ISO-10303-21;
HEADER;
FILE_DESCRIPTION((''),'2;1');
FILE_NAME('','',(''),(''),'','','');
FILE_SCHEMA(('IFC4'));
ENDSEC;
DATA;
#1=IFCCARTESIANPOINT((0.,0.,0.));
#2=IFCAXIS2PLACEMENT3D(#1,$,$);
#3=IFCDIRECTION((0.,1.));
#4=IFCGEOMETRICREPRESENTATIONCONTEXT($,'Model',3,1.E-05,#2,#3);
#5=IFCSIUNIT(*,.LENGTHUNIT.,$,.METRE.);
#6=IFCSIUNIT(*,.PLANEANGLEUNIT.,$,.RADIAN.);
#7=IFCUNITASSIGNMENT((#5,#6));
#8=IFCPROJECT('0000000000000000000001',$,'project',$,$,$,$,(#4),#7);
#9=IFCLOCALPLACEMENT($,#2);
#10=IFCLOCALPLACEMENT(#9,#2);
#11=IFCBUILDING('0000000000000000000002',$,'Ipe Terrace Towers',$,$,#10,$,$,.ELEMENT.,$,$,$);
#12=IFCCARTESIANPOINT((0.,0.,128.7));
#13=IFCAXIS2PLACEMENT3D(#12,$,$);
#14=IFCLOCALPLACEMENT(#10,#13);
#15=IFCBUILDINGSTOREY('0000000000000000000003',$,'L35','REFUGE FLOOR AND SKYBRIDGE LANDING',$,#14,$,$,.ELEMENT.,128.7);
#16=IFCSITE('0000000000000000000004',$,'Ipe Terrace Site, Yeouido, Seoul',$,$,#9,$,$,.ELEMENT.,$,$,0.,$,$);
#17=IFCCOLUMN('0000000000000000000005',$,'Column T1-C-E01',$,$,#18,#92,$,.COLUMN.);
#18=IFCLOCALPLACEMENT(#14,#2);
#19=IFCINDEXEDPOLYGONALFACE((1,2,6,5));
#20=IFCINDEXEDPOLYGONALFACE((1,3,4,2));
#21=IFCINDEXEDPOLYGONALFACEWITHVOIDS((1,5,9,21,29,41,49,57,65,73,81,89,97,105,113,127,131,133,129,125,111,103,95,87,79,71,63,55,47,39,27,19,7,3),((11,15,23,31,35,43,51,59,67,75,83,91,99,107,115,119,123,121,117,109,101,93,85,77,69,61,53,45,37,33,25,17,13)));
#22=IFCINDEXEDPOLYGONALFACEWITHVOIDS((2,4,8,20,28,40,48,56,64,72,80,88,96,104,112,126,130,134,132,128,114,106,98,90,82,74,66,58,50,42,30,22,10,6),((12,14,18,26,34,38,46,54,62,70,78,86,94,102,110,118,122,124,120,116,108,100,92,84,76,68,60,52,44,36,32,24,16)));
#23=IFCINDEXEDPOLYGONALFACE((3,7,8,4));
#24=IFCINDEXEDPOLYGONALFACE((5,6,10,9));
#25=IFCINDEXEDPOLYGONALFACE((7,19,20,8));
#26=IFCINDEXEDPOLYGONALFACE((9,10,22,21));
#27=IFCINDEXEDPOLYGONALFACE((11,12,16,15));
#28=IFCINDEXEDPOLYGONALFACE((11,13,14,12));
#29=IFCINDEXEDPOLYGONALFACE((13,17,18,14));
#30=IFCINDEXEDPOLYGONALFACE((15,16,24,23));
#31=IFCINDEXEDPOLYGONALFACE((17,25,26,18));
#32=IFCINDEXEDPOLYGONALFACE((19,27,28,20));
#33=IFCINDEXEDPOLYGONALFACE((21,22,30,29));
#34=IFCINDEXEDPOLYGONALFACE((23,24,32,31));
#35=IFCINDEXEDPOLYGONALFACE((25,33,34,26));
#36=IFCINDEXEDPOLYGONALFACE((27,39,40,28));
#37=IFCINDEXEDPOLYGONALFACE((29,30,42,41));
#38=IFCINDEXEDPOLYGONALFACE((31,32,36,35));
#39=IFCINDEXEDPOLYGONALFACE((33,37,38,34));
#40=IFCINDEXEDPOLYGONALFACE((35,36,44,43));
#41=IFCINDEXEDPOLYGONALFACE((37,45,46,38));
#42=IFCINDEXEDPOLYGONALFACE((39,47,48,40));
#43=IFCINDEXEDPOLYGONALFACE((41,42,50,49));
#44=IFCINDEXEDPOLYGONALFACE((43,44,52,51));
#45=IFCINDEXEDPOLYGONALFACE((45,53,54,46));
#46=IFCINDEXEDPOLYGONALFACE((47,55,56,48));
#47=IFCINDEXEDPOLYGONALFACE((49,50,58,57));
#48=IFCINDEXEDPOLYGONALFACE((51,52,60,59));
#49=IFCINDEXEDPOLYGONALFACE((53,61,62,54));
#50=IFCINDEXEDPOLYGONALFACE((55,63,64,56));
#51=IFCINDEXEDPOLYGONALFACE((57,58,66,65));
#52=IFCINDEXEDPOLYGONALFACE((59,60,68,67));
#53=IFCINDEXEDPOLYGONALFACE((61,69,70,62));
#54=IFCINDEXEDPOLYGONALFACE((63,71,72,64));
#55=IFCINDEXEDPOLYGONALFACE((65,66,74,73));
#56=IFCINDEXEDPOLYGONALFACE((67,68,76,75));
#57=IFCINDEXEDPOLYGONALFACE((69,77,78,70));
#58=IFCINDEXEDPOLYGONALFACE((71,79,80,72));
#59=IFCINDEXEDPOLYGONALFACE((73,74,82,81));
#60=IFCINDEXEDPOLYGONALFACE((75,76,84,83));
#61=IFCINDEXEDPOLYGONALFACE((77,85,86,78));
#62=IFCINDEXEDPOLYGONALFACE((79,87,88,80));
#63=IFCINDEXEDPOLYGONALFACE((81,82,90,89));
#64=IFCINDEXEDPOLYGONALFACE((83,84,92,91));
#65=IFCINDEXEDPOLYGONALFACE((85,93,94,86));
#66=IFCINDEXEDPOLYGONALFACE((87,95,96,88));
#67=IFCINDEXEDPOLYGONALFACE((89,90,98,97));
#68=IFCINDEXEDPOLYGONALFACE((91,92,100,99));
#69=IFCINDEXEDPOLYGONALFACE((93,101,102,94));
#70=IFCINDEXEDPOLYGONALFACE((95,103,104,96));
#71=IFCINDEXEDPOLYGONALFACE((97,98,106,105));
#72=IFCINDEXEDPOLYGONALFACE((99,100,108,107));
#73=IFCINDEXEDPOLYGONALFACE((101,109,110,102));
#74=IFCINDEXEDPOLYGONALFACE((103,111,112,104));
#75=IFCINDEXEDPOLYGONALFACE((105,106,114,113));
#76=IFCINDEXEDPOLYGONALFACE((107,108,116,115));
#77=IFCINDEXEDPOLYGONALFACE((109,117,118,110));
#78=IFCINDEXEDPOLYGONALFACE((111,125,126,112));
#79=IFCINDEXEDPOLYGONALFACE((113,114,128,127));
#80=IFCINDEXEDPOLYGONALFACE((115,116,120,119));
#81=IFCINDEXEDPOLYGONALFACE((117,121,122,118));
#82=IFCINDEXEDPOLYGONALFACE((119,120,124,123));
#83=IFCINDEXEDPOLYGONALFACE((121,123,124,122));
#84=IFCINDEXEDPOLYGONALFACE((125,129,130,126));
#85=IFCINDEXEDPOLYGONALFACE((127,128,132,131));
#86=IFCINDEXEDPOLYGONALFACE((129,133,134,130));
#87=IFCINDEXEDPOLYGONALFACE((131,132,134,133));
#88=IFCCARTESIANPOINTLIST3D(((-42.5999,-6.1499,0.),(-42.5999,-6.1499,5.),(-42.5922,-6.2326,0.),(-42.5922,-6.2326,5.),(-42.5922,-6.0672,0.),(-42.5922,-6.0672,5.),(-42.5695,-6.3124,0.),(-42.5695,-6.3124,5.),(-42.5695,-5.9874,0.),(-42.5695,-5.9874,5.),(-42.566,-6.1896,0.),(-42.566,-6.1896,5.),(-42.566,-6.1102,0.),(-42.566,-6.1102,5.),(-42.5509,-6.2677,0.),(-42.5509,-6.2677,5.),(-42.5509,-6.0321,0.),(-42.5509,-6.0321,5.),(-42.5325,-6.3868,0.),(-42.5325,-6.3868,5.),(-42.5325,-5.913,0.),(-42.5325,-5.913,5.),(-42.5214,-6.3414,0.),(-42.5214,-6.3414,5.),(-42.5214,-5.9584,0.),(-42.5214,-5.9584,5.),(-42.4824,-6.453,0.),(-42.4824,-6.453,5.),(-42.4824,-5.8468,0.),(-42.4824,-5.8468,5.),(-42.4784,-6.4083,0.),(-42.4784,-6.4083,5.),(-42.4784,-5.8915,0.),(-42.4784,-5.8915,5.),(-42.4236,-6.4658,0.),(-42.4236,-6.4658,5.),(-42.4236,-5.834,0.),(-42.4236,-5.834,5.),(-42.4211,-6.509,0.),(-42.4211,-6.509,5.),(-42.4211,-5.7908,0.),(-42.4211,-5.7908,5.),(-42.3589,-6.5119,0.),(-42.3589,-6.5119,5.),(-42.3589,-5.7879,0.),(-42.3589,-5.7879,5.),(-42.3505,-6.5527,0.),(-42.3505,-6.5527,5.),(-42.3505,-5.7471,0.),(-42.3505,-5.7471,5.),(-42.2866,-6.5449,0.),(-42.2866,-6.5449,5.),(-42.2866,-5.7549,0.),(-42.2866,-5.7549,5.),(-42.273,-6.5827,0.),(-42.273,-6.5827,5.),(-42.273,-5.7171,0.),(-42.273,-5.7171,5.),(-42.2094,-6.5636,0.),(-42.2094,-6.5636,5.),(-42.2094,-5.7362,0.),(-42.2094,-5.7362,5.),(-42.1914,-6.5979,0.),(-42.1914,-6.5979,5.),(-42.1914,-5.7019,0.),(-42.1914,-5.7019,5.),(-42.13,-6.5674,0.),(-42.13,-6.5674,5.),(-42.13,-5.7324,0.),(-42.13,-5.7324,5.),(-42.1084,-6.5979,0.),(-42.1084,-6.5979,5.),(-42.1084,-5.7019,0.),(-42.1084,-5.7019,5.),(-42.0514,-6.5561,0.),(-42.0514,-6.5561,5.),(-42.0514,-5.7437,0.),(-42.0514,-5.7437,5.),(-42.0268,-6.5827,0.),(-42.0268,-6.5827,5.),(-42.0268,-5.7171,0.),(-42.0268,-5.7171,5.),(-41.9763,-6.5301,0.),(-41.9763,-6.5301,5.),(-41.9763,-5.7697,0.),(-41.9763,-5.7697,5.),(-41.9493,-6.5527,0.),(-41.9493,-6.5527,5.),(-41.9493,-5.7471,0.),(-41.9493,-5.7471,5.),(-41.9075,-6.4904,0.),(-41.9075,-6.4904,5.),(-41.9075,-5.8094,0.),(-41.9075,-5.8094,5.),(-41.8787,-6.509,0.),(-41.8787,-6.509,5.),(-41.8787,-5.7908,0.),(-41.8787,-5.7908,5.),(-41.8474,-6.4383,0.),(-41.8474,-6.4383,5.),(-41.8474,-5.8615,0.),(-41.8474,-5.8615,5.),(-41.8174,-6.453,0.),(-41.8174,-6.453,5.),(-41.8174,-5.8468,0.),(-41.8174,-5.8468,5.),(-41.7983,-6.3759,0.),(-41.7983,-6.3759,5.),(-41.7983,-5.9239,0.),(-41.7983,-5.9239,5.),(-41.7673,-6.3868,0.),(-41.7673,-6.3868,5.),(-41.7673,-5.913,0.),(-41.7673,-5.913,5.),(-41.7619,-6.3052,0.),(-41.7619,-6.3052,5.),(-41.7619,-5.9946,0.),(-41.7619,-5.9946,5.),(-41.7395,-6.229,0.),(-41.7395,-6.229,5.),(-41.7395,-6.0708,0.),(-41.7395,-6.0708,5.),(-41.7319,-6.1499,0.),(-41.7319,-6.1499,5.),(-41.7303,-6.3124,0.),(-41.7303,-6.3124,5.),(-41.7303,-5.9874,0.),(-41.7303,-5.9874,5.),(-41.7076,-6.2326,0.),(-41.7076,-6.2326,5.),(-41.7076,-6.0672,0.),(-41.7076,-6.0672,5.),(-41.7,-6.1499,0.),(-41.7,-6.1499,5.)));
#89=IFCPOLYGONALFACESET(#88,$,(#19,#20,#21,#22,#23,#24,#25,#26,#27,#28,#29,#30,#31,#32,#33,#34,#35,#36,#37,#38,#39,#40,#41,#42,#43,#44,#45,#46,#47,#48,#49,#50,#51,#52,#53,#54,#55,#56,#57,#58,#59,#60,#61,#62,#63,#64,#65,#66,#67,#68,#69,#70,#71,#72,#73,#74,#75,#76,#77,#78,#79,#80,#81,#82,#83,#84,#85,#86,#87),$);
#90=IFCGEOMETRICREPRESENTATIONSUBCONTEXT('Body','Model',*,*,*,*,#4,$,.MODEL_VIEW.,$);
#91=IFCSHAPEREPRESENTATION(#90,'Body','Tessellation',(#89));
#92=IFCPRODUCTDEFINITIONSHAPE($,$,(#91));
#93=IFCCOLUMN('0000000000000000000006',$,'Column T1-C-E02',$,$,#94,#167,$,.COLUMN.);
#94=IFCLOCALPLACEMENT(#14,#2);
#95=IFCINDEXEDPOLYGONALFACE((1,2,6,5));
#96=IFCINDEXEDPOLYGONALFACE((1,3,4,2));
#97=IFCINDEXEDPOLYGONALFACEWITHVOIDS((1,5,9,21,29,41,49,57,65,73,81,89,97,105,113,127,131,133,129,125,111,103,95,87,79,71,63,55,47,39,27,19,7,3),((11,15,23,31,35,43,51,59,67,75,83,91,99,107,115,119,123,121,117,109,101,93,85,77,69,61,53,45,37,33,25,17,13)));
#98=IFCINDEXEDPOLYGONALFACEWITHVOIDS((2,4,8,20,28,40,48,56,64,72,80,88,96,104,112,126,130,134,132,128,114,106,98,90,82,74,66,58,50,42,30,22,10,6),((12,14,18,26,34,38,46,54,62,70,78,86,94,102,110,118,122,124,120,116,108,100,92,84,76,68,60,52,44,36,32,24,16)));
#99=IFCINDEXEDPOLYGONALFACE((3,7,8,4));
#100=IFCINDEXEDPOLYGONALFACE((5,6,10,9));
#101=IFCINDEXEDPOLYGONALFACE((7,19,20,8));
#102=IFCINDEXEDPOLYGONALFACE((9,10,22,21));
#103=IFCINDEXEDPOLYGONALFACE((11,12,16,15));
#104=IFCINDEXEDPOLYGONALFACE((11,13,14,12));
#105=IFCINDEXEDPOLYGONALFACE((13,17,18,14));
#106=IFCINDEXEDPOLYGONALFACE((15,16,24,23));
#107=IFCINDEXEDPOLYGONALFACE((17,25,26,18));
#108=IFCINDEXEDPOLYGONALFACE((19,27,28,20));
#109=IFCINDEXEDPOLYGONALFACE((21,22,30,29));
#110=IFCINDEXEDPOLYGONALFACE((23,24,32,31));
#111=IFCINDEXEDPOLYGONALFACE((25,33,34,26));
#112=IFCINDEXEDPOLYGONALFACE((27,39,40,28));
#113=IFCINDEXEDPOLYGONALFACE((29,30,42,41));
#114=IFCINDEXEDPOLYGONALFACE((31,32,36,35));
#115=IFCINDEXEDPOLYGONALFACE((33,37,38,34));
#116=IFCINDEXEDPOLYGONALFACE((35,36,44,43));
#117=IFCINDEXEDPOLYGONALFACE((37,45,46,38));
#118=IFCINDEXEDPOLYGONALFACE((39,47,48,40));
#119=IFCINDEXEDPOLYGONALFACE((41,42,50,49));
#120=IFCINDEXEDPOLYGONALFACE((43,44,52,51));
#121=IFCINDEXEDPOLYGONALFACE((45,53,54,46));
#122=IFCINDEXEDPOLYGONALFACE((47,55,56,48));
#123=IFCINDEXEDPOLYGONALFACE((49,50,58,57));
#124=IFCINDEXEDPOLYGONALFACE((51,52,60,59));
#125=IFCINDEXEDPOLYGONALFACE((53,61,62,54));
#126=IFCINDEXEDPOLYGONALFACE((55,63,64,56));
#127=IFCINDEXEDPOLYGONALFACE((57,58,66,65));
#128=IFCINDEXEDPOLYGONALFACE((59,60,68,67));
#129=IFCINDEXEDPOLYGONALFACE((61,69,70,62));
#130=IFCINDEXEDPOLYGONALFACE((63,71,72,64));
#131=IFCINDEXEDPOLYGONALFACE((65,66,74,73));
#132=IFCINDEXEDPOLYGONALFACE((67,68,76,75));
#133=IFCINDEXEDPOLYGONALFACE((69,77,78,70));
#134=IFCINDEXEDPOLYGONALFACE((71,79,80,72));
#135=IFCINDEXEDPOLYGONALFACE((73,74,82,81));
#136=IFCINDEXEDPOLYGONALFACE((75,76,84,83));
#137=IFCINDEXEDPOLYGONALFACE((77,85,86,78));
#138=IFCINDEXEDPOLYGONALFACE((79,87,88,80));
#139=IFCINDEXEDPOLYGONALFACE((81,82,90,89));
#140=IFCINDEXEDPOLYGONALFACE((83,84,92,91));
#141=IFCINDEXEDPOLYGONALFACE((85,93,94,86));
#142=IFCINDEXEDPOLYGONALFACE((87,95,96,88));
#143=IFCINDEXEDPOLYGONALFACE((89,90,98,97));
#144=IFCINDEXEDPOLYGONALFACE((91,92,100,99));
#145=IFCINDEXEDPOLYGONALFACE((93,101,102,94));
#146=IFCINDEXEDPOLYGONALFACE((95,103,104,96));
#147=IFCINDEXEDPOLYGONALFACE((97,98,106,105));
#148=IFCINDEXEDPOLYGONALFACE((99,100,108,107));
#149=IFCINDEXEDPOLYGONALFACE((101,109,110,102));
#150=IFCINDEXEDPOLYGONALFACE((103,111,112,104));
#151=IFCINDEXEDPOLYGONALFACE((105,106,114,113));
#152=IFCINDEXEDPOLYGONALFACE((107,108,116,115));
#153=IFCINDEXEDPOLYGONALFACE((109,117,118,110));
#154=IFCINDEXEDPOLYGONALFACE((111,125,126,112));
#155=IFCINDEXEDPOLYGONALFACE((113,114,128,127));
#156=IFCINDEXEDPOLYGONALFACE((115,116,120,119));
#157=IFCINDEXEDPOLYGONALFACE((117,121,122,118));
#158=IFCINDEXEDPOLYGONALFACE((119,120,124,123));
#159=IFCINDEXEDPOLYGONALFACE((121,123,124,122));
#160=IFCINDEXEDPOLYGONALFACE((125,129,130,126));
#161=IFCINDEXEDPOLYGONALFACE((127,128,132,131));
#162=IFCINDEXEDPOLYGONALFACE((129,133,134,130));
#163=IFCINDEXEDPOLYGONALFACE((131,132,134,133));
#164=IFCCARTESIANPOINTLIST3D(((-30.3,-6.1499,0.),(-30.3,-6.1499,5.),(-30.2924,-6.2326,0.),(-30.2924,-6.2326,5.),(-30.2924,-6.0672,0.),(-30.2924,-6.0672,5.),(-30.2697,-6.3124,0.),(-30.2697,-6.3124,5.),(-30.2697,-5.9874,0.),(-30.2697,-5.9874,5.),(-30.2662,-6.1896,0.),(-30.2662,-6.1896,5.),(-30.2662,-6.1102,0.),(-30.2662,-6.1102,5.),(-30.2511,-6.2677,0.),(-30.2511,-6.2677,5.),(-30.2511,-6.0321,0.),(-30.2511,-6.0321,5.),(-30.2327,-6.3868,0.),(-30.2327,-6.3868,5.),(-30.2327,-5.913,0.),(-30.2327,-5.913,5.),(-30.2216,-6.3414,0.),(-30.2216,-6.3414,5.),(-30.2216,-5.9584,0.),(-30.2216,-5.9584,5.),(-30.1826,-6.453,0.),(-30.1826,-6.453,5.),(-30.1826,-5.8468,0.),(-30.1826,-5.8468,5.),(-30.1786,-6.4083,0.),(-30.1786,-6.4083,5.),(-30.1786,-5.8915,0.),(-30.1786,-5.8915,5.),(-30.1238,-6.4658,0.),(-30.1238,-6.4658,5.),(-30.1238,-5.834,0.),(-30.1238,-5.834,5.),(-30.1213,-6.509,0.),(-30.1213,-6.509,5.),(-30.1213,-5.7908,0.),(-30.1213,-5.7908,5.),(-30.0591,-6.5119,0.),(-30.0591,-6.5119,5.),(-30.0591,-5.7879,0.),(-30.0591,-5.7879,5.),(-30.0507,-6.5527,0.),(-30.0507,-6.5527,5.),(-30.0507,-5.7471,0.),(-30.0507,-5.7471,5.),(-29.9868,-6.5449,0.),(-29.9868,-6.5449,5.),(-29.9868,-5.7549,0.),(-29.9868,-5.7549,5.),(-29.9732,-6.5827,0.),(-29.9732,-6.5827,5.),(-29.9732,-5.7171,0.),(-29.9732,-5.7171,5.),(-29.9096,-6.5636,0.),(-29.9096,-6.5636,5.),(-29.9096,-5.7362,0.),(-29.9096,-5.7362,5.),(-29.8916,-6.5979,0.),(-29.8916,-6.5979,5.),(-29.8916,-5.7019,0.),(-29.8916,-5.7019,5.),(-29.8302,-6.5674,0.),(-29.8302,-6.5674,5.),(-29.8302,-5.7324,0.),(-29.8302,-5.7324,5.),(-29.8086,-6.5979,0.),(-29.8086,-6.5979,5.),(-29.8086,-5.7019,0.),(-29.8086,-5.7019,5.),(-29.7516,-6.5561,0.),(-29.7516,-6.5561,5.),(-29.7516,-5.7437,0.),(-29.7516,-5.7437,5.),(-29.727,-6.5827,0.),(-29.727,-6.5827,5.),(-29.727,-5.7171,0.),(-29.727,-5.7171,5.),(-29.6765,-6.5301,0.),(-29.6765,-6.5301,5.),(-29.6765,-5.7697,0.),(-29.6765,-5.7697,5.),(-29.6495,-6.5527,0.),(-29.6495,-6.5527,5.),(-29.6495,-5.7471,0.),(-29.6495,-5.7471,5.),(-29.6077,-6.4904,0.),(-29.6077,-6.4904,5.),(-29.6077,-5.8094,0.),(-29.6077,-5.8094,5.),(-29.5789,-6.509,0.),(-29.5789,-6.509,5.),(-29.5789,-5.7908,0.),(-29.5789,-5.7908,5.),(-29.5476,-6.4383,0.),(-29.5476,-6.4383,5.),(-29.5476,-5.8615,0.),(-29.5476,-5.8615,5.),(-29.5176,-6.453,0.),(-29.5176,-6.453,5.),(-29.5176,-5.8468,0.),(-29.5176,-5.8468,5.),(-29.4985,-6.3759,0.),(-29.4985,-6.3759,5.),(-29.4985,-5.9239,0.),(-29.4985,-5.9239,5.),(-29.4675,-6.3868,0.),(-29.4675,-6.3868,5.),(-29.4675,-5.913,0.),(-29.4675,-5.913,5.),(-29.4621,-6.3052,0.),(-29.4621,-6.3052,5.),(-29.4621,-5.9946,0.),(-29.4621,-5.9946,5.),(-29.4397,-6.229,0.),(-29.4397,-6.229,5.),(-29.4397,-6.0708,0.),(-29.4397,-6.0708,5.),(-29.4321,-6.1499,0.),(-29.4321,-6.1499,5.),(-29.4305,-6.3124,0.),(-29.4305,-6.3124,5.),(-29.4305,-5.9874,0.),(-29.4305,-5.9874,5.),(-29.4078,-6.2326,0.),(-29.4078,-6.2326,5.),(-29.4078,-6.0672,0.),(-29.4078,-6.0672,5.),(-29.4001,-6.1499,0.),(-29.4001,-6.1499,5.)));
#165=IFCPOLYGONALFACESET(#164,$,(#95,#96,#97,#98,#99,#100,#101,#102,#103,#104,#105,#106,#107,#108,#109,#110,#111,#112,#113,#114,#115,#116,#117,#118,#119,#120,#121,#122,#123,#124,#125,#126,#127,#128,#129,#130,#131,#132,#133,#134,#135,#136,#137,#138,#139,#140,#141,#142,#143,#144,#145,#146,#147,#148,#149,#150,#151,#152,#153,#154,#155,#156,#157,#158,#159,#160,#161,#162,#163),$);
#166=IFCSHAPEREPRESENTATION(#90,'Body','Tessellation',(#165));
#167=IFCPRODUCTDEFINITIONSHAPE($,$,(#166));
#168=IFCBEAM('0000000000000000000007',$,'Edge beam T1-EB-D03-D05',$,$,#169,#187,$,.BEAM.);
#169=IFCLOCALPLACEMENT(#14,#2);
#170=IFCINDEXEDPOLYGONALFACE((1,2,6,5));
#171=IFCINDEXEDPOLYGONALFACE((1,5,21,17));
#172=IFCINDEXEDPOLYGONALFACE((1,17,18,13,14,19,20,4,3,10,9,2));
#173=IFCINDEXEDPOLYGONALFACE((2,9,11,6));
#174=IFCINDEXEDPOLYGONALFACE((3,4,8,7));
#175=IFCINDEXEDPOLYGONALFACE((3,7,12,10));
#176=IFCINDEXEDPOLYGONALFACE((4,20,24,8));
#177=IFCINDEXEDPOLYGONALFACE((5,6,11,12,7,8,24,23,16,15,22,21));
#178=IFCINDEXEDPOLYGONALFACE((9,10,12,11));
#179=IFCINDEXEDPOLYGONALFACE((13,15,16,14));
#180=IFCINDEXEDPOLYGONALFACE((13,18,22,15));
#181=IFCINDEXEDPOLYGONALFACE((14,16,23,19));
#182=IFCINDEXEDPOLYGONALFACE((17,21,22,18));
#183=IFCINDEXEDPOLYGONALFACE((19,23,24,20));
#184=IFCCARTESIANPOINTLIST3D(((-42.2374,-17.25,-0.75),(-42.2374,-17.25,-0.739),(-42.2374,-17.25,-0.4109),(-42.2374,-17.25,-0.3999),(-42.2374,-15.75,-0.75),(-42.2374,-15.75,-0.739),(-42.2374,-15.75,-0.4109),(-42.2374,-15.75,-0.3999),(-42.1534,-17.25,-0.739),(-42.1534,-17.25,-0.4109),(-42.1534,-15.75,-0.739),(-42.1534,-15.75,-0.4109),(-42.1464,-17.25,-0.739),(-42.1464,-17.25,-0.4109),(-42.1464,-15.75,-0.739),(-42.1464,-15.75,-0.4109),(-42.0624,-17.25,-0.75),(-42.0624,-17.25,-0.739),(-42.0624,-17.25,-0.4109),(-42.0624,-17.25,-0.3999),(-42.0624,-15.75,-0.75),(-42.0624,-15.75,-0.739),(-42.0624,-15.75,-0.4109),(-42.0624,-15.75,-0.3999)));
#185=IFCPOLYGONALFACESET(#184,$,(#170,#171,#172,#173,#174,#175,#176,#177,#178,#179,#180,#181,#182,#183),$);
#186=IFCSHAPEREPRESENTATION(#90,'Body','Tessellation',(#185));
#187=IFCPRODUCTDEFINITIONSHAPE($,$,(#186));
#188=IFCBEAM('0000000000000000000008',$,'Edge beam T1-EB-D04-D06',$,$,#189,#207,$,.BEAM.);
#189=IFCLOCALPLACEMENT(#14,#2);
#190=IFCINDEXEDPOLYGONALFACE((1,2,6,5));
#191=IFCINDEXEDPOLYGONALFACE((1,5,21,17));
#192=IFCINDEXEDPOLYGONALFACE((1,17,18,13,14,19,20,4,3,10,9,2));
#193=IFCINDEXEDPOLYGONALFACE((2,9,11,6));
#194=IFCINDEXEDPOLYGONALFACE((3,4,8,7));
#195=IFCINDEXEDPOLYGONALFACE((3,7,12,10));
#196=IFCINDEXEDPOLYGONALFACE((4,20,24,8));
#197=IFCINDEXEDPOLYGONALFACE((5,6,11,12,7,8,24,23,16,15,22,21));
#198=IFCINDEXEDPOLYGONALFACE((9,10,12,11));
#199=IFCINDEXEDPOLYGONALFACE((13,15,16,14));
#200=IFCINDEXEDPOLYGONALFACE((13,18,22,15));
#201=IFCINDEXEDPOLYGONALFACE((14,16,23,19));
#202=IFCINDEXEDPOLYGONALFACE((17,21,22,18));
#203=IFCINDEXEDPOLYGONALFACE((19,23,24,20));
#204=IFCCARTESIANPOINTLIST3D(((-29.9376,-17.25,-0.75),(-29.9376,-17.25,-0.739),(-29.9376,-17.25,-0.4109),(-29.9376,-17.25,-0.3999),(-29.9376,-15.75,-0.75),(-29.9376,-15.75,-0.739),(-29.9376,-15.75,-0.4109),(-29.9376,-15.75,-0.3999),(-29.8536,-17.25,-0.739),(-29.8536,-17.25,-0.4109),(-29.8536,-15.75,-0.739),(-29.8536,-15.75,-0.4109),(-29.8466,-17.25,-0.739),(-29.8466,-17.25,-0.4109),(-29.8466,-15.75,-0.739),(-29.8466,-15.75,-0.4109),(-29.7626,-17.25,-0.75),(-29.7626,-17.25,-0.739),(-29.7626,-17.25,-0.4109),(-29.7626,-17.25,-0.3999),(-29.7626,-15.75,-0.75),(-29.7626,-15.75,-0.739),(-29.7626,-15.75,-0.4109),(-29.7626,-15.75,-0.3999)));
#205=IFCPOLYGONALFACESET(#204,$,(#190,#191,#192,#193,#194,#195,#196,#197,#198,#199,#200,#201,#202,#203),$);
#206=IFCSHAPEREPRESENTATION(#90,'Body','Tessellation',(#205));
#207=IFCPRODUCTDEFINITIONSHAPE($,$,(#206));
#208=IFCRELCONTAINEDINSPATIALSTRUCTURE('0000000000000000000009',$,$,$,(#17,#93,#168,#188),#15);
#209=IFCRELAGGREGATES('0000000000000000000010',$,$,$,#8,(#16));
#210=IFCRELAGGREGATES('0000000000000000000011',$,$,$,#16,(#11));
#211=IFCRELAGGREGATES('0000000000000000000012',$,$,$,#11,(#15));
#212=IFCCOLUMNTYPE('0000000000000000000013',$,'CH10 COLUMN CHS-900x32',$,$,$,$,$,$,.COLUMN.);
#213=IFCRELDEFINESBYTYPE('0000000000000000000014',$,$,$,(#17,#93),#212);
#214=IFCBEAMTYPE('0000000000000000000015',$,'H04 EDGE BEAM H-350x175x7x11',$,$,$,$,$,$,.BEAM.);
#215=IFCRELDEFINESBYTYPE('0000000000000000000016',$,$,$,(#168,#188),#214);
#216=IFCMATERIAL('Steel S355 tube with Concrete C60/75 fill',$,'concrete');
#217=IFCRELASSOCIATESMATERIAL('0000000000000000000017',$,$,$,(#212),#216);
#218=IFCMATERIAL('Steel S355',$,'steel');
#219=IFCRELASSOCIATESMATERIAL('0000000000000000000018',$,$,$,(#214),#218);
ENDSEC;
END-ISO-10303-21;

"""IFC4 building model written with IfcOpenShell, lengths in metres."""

from ifc_helpers import new_model, si_unit, direction, frame, origin, origin_2d, place, context, subcontext, project, spatial, hollow_circle, i_section, extrude, material, material_profile, profile_set, type_object, element, save


model = new_model("IFC4")

# Units and contexts
model_context = context("Model", 3, precision=1e-05, world=origin(), true_north=direction((0.0, 1.0)))
body_context = subcontext(model_context, "Body", "Model", "MODEL_VIEW")
ifc_project = project(units=[si_unit("LENGTHUNIT", "METRE"), si_unit("PLANEANGLEUNIT", "RADIAN")], contexts=[model_context])

# Site, building, storey
site_placement = place(None, origin())
site = spatial("IfcSite", under=ifc_project, at=site_placement, Name="Ipe Terrace Site, Yeouido, Seoul", CompositionType="ELEMENT", RefElevation=0.0)
building_placement = place(site_placement, origin())
building = spatial("IfcBuilding", under=site, at=building_placement, Name="Ipe Terrace Towers", CompositionType="ELEMENT")
storey_placement = place(building_placement, frame((0.0, 0.0, 128.7)))
storey = spatial("IfcBuildingStorey", under=building, at=storey_placement, Name="L35", Description="REFUGE FLOOR AND SKYBRIDGE LANDING", CompositionType="ELEMENT", Elevation=128.7)

# Columns
ifc_material_1 = material(Name="Steel S355 tube with Concrete C60/75 fill", Category="concrete")
ifc_material_profile_1 = material_profile(ifc_material_1, hollow_circle(Radius=0.45, WallThickness=0.032, at=origin_2d()), Name="CHS-900x32")
ifc_profile_set_1 = profile_set([ifc_material_profile_1], Name="Steel S355 tube with Concrete C60/75 fill")
column_type_1 = type_object("IfcColumnType", Name="CH10 COLUMN CHS-900x32", PredefinedType="COLUMN", material=ifc_profile_set_1)
for number, where, z_axis, x_axis, name in (
    (1, (-42.1499, -6.1499, 0.0), (0.0, 0.0, 1.0), (1.0, 0.0, 0.0), "Column T1-C-E01"),
    (2, (-29.8501, -6.1499, 0.0), (0.0, 0.0, 1.0), (1.0, 0.0, 0.0), "Column T1-C-E02"),
):
    element("IfcColumn", number, at=place(storey_placement, frame(where, z_axis=z_axis, x_axis=x_axis)), inside=storey, type_object=column_type_1, Name=name, PredefinedType="COLUMN", context=body_context, shape_type="SweptSolid", body=[
        extrude(hollow_circle(Radius=0.45, WallThickness=0.032, at=origin_2d()), origin(), (0.0, 0.0, 1.0), 5.0),
    ])

# Beams
ifc_material_2 = material(Name="Steel S355", Category="steel")
ifc_material_profile_2 = material_profile(ifc_material_2, i_section(OverallWidth=0.175, OverallDepth=0.3501, WebThickness=0.0071, FlangeThickness=0.011, at=origin_2d()), Name="H-350x175x7x11")
ifc_profile_set_2 = profile_set([ifc_material_profile_2], Name="Steel S355")
beam_type = type_object("IfcBeamType", Name="H04 EDGE BEAM H-350x175x7x11", PredefinedType="BEAM", material=ifc_profile_set_2)
for number, where, z_axis, x_axis, name in (
    (3, (-42.1499, -15.75, -0.575), (0.0, -1.0, 0.0), (1.0, 0.0, 0.0), "Edge beam T1-EB-D03-D05"),
    (4, (-29.8501, -15.75, -0.575), (0.0, -1.0, 0.0), (1.0, 0.0, 0.0), "Edge beam T1-EB-D04-D06"),
):
    element("IfcBeam", number, at=place(storey_placement, frame(where, z_axis=z_axis, x_axis=x_axis)), inside=storey, type_object=beam_type, Name=name, PredefinedType="BEAM", context=body_context, shape_type="SweptSolid", body=[
        extrude(i_section(OverallWidth=0.175, OverallDepth=0.3501, WebThickness=0.0071, FlangeThickness=0.011, at=origin_2d()), origin(), (0.0, 0.0, 1.0), 1.5),
    ])

save(model, "model.ifc")
